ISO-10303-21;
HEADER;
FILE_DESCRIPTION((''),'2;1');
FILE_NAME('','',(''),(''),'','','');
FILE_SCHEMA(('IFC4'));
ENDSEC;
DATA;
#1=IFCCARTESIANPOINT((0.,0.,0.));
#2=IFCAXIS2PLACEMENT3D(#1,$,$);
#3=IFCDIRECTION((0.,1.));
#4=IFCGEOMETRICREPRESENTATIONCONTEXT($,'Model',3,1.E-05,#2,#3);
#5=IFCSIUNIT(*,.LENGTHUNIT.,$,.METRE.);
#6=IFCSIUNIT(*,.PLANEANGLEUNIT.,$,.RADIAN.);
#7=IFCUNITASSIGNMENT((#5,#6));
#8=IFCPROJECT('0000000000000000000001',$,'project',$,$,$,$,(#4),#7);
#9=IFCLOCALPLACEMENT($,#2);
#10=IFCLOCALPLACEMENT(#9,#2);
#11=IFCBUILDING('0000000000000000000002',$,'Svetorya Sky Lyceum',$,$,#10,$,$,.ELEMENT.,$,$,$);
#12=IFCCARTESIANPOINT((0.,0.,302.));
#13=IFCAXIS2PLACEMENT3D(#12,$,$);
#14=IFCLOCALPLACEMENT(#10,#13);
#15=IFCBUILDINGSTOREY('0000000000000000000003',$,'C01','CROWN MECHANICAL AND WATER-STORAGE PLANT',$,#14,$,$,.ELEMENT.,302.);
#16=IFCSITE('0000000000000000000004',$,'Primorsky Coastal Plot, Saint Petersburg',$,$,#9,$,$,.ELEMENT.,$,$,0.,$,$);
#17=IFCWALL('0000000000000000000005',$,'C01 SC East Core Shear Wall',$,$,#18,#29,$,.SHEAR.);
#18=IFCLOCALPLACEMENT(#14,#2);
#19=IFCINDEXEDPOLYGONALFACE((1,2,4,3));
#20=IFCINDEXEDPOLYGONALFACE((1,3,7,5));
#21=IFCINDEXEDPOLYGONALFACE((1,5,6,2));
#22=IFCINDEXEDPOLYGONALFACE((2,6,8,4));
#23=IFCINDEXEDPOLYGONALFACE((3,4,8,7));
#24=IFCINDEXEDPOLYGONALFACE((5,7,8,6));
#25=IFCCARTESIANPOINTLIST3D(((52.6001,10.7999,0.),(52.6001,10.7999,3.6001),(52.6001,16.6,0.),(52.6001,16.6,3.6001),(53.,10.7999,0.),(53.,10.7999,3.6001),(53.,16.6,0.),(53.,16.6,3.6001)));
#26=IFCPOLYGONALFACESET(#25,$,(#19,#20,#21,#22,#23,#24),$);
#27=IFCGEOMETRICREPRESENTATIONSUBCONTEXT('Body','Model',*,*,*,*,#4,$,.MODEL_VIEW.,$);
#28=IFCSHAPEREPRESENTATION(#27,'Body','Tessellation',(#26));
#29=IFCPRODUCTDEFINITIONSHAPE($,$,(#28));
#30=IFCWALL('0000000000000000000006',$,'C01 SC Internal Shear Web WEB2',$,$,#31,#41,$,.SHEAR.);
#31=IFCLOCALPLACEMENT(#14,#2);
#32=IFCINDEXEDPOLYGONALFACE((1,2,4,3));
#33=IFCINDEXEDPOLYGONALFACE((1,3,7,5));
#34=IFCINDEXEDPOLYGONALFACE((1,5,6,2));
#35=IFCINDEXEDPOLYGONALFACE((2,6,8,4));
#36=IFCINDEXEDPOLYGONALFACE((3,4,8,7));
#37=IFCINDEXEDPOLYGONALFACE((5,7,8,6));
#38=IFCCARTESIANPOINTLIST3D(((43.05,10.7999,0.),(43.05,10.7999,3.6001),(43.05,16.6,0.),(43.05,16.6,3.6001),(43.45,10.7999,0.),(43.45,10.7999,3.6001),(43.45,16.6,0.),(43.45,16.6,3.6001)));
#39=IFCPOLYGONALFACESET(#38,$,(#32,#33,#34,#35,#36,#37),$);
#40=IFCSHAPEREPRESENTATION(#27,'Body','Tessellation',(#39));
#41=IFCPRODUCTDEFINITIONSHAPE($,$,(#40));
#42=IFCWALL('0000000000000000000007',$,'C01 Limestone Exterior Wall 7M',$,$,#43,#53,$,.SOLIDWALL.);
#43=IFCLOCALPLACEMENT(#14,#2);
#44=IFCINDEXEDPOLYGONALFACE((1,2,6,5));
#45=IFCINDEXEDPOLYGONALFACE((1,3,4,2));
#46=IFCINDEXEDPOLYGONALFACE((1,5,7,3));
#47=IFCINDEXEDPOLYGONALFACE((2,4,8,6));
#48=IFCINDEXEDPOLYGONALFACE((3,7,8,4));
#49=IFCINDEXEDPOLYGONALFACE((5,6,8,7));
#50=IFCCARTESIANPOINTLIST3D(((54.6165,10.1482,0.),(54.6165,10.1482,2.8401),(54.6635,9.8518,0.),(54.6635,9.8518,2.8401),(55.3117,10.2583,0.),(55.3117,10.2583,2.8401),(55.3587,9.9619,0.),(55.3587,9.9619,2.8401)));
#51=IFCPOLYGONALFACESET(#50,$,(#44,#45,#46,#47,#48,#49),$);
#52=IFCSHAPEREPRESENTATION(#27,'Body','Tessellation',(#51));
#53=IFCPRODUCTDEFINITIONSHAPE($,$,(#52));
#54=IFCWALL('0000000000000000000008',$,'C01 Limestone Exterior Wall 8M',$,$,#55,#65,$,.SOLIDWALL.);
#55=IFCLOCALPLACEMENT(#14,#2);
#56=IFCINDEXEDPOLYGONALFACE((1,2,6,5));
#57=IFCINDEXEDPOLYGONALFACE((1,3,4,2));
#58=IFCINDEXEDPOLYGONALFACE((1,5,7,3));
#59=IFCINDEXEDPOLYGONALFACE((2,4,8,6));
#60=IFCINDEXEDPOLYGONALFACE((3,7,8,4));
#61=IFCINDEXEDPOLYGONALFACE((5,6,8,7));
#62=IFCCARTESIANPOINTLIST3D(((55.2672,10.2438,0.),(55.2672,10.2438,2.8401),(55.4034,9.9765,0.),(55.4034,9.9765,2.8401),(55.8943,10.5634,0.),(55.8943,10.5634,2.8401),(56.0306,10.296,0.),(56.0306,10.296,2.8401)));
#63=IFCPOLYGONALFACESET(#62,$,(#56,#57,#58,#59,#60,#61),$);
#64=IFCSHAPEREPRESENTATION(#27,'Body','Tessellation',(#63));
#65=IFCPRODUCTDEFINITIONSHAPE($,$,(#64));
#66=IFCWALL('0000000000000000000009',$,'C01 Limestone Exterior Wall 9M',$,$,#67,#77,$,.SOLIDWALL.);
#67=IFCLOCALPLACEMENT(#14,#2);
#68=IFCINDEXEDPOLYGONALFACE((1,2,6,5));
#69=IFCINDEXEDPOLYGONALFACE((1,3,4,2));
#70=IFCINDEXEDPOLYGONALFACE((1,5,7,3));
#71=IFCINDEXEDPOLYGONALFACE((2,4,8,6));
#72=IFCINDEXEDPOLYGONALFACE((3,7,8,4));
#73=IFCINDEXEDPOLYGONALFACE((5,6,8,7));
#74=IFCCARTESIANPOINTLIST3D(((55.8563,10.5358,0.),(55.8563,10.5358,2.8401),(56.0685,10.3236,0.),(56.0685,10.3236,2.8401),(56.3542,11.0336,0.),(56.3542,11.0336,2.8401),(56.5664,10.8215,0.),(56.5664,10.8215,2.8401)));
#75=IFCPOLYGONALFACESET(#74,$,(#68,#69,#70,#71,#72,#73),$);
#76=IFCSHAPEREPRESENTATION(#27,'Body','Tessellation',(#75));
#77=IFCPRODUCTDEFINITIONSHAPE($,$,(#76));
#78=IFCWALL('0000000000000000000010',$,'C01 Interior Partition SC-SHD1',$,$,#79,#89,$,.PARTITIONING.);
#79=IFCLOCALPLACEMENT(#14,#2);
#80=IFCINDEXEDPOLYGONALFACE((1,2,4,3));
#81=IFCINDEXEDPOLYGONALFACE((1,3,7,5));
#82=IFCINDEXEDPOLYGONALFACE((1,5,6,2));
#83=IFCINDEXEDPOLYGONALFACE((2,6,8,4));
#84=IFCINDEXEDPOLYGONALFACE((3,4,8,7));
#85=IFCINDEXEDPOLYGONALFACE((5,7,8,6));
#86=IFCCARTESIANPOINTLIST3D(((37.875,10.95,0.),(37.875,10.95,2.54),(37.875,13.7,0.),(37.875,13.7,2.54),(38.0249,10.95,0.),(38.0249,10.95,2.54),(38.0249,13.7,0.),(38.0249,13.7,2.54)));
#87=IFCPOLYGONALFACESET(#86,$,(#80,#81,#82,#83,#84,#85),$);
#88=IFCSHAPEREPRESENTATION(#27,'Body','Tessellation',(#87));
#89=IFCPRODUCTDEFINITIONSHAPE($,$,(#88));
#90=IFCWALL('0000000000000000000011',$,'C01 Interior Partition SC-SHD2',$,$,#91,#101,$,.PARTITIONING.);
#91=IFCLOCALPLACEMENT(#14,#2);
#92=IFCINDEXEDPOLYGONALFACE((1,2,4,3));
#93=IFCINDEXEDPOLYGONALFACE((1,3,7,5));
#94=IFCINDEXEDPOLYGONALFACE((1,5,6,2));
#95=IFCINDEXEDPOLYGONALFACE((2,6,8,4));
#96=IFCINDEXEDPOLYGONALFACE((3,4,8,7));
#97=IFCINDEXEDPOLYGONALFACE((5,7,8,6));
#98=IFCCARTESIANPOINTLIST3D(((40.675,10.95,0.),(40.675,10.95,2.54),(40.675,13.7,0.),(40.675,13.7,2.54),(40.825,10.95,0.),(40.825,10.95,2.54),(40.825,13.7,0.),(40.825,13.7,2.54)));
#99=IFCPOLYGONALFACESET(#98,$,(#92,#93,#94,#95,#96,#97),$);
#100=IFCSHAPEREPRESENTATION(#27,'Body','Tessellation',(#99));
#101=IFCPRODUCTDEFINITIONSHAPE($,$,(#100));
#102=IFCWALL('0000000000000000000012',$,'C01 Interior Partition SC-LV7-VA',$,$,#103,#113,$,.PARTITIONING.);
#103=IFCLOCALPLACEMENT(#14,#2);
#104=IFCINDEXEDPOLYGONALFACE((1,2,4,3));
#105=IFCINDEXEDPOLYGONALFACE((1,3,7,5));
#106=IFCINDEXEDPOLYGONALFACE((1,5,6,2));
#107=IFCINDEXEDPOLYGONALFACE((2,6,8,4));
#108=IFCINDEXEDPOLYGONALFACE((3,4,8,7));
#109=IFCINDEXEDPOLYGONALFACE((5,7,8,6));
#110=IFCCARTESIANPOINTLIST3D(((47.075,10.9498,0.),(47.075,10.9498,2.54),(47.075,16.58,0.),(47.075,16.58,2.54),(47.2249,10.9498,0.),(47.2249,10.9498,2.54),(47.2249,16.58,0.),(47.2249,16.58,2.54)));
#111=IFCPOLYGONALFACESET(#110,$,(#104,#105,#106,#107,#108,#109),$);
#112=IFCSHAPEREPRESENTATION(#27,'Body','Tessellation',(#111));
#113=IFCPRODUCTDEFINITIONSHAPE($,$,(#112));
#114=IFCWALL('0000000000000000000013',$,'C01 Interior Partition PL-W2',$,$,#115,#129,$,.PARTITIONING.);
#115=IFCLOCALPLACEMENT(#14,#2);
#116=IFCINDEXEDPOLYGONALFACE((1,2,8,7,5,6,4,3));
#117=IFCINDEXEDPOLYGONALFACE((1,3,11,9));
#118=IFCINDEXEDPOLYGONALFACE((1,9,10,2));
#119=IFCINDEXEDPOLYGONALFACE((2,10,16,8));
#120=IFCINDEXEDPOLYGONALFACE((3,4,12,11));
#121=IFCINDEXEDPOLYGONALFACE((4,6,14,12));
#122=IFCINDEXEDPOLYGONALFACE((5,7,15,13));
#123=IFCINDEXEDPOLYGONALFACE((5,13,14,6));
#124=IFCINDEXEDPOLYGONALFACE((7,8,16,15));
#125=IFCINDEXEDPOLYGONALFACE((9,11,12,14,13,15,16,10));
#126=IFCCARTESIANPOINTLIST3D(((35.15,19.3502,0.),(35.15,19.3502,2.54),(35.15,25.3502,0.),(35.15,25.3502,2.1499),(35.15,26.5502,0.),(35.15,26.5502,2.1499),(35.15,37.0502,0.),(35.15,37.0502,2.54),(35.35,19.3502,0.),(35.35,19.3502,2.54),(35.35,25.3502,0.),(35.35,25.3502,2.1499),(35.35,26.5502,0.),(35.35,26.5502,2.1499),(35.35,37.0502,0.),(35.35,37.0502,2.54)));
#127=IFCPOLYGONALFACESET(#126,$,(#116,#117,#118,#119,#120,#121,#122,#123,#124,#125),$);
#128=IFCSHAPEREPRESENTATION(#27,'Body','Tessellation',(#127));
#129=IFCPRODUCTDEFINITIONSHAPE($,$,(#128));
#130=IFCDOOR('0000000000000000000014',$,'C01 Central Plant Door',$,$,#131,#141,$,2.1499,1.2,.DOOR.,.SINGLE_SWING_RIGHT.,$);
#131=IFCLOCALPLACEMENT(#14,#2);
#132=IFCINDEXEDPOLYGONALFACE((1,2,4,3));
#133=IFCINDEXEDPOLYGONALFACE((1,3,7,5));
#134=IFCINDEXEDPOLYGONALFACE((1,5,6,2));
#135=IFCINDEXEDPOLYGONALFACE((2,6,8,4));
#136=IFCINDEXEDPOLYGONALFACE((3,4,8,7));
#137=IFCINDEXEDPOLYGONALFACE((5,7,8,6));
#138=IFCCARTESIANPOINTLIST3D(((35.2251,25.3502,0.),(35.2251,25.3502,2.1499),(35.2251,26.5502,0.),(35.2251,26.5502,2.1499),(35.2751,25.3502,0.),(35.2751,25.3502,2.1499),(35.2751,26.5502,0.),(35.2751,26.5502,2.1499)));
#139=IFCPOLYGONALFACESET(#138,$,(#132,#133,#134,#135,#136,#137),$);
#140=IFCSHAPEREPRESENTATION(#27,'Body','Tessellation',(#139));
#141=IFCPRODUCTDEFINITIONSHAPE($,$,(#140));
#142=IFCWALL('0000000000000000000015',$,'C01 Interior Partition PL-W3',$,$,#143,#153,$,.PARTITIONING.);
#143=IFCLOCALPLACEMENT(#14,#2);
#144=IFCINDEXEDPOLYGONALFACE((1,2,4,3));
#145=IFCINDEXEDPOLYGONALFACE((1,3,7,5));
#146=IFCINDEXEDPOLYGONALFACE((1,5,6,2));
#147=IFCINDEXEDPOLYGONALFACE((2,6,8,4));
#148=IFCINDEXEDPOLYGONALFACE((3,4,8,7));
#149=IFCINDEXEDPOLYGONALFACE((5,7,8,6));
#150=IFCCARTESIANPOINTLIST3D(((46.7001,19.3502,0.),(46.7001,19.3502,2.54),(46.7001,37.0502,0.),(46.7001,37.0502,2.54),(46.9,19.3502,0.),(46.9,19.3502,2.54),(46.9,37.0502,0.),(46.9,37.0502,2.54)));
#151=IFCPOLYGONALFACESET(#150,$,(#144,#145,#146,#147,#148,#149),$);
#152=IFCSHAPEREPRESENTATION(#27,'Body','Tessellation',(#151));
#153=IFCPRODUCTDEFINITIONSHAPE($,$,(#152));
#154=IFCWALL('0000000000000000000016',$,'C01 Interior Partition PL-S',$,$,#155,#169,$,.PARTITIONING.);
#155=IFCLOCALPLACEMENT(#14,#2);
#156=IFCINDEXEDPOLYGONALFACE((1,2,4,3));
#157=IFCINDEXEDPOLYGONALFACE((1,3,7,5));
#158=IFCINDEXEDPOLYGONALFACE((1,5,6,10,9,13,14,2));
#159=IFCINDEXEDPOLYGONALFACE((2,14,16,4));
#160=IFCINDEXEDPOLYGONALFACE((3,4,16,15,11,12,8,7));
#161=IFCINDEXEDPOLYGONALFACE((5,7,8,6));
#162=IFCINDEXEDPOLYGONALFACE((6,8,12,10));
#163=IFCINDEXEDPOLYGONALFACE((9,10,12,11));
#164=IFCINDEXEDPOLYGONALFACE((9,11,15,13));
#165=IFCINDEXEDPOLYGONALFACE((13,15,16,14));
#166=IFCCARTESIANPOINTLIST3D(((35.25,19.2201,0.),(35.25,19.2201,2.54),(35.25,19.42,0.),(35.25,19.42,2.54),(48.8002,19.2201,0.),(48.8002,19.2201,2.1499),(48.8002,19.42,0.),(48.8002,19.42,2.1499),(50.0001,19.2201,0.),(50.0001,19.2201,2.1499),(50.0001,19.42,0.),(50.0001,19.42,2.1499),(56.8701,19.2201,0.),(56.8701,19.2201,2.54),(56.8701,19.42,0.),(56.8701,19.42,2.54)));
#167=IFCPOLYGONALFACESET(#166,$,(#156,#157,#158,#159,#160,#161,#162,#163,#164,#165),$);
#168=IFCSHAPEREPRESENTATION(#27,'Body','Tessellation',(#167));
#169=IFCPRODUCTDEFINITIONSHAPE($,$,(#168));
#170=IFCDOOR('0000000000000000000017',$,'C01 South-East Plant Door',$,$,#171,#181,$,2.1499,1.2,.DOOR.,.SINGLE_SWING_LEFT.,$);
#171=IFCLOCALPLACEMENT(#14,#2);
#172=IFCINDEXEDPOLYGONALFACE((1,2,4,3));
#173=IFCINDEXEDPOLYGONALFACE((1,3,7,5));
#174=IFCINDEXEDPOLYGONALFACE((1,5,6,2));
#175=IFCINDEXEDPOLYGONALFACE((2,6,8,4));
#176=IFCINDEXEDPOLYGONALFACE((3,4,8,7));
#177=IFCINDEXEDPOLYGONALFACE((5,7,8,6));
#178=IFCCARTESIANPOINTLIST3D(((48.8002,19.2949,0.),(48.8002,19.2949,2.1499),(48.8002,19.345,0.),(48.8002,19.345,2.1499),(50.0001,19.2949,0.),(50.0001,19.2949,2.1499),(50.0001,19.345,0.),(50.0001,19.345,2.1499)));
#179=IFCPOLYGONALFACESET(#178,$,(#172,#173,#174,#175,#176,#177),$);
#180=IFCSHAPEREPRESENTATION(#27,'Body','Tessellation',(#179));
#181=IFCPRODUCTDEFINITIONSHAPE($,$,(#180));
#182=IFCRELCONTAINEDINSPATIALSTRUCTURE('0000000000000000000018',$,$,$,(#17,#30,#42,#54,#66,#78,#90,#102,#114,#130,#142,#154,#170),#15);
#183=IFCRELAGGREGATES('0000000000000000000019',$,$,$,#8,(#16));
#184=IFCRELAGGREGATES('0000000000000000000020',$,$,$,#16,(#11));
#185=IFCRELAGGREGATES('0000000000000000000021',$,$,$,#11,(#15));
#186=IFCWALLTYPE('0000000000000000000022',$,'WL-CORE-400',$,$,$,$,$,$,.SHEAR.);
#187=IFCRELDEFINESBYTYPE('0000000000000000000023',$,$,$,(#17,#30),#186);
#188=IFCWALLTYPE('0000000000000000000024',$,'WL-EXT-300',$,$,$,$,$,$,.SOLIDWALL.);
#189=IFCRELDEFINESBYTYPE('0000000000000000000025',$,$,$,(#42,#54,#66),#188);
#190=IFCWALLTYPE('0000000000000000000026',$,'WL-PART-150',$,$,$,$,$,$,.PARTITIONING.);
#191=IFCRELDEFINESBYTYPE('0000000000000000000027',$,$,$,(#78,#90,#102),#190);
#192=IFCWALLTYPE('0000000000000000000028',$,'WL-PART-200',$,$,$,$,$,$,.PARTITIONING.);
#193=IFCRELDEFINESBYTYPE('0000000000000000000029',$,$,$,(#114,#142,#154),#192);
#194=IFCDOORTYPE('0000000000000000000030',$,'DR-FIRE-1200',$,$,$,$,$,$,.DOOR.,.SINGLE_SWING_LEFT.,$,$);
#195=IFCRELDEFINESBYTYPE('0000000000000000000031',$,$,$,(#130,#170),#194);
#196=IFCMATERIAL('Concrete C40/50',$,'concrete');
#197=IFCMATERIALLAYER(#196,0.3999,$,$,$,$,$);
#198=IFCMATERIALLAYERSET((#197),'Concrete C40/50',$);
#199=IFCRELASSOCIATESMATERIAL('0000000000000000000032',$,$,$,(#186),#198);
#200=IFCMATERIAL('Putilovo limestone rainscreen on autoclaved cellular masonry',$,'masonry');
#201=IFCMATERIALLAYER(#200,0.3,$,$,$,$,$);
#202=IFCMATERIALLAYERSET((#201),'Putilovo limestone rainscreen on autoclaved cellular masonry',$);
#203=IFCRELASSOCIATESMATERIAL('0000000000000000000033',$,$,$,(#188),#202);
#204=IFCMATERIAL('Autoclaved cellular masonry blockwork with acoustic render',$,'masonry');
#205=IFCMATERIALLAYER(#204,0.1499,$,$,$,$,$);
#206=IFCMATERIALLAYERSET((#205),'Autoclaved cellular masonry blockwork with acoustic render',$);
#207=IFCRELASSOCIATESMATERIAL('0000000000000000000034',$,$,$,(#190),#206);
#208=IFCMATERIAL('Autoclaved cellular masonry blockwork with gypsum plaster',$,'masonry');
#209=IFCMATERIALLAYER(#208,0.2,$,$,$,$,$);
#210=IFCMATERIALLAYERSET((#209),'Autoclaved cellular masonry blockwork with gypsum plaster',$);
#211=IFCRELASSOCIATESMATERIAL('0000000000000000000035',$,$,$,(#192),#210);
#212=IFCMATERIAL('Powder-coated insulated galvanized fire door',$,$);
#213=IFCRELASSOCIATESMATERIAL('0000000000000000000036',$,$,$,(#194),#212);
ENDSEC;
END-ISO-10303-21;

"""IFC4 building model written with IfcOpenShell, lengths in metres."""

from ifc_helpers import new_model, si_unit, direction, frame, frame_2d, origin, place, context, subcontext, project, spatial, rectangle, extrude, material, layer, layer_set, type_object, element, fill, save


model = new_model("IFC4")

# Units and contexts
model_context = context("Model", 3, precision=1e-05, world=origin(), true_north=direction((0.0, 1.0)))
body_context = subcontext(model_context, "Body", "Model", "MODEL_VIEW")
ifc_project = project(units=[si_unit("LENGTHUNIT", "METRE"), si_unit("PLANEANGLEUNIT", "RADIAN")], contexts=[model_context])

# Site, building, storey
site_placement = place(None, origin())
site = spatial("IfcSite", under=ifc_project, at=site_placement, Name="Primorsky Coastal Plot, Saint Petersburg", CompositionType="ELEMENT", RefElevation=0.0)
building_placement = place(site_placement, origin())
building = spatial("IfcBuilding", under=site, at=building_placement, Name="Svetorya Sky Lyceum", CompositionType="ELEMENT")
storey_placement = place(building_placement, frame((0.0, 0.0, 302.0)))
storey = spatial("IfcBuildingStorey", under=building, at=storey_placement, Name="C01", Description="CROWN MECHANICAL AND WATER-STORAGE PLANT", CompositionType="ELEMENT", Elevation=302.0)

# Shared definitions
ifc_material_1 = material(Name="Concrete C40/50", Category="concrete")

# Walls
ifc_layer_1 = layer(ifc_material_1, 0.3999)
ifc_layer_set_1 = layer_set([ifc_layer_1], Name="Concrete C40/50")
wall_type_1 = type_object("IfcWallType", Name="WL-CORE-400", PredefinedType="SHEAR", material=ifc_layer_set_1)
for number, where, z_axis, x_axis, name in (
    (1, (52.8, 10.8, 0.0), (0.0, 0.0, 1.0), (0.0, 1.0, 0.0), "C01 SC East Core Shear Wall"),
    (2, (43.25, 10.8, 0.0), (0.0, 0.0, 1.0), (0.0, 1.0, 0.0), "C01 SC Internal Shear Web WEB2"),
):
    element("IfcWall", number, at=place(storey_placement, frame(where, z_axis=z_axis, x_axis=x_axis)), inside=storey, type_object=wall_type_1, Name=name, PredefinedType="SHEAR", context=body_context, shape_type="SweptSolid", body=[
        extrude(rectangle(XDim=5.8, YDim=0.3999, at=frame_2d((2.8999, 0.0))), origin(), (0.0, 0.0, 1.0), 3.6001),
    ])
ifc_material_2 = material(Name="Putilovo limestone rainscreen on autoclaved cellular masonry", Category="masonry")
ifc_layer_2 = layer(ifc_material_2, 0.3)
ifc_layer_set_2 = layer_set([ifc_layer_2], Name="Putilovo limestone rainscreen on autoclaved cellular masonry")
wall_type_2 = type_object("IfcWallType", Name="WL-EXT-300", PredefinedType="SOLIDWALL", material=ifc_layer_set_2)
for number, where, z_axis, x_axis, name in (
    (3, (54.6399, 10.0, 0.0), (0.0, 0.0, 1.0), (0.987693, 0.156408, 0.0), "C01 Limestone Exterior Wall 7M"),
    (4, (55.3352, 10.1101, 0.0), (0.0, 0.0, 1.0), (0.891002, 0.453999, 0.0), "C01 Limestone Exterior Wall 8M"),
):
    element("IfcWall", number, at=place(storey_placement, frame(where, z_axis=z_axis, x_axis=x_axis)), inside=storey, type_object=wall_type_2, Name=name, PredefinedType="SOLIDWALL", context=body_context, shape_type="SweptSolid", body=[
        extrude(rectangle(XDim=0.7039, YDim=0.3, at=frame_2d((0.3521, 0.0))), origin(), (0.0, 0.0, 1.0), 2.8401),
    ])
wall_1_placement = place(storey_placement, frame((55.9624, 10.4297, 0.0), z_axis=(0.0, 0.0, 1.0), x_axis=(0.707107, 0.707107, 0.0)))
element("IfcWall", 5, at=wall_1_placement, inside=storey, type_object=wall_type_2, Name="C01 Limestone Exterior Wall 9M", PredefinedType="SOLIDWALL", context=body_context, shape_type="SweptSolid", body=[
    extrude(rectangle(XDim=0.7041, YDim=0.3, at=frame_2d((0.3521, 0.0))), origin(), (0.0, 0.0, 1.0), 2.8401),
])
ifc_material_3 = material(Name="Autoclaved cellular masonry blockwork with acoustic render", Category="masonry")
ifc_layer_3 = layer(ifc_material_3, 0.1499)
ifc_layer_set_3 = layer_set([ifc_layer_3], Name="Autoclaved cellular masonry blockwork with acoustic render")
wall_type_3 = type_object("IfcWallType", Name="WL-PART-150", PredefinedType="PARTITIONING", material=ifc_layer_set_3)
for number, where, z_axis, x_axis, name in (
    (6, (37.95, 10.95, 0.0), (0.0, 0.0, 1.0), (0.0, 1.0, 0.0), "C01 Interior Partition SC-SHD1"),
    (7, (40.75, 10.95, 0.0), (0.0, 0.0, 1.0), (0.0, 1.0, 0.0), "C01 Interior Partition SC-SHD2"),
):
    element("IfcWall", number, at=place(storey_placement, frame(where, z_axis=z_axis, x_axis=x_axis)), inside=storey, type_object=wall_type_3, Name=name, PredefinedType="PARTITIONING", context=body_context, shape_type="SweptSolid", body=[
        extrude(rectangle(XDim=2.75, YDim=0.1499, at=frame_2d((1.375, 0.0))), origin(), (0.0, 0.0, 1.0), 2.54),
    ])
wall_2_placement = place(storey_placement, frame((47.1499, 10.95, 0.0), z_axis=(0.0, 0.0, 1.0), x_axis=(0.0, 1.0, 0.0)))
element("IfcWall", 8, at=wall_2_placement, inside=storey, type_object=wall_type_3, Name="C01 Interior Partition SC-LV7-VA", PredefinedType="PARTITIONING", context=body_context, shape_type="SweptSolid", body=[
    extrude(rectangle(XDim=5.6301, YDim=0.1499, at=frame_2d((2.8149, 0.0))), origin(), (0.0, 0.0, 1.0), 2.54),
])

# Shared definitions
ifc_material_4 = material(Name="Autoclaved cellular masonry blockwork with gypsum plaster", Category="masonry")
ifc_layer_4 = layer(ifc_material_4, 0.2)
ifc_layer_set_4 = layer_set([ifc_layer_4], Name="Autoclaved cellular masonry blockwork with gypsum plaster")
wall_type_4 = type_object("IfcWallType", Name="WL-PART-200", PredefinedType="PARTITIONING", material=ifc_layer_set_4)

# Wall, opening, door
wall_3_placement = place(storey_placement, frame((35.25, 19.3501, 0.0), z_axis=(0.0, 0.0, 1.0), x_axis=(0.0, 1.0, 0.0)))
wall_3 = element("IfcWall", 9, at=wall_3_placement, inside=storey, type_object=wall_type_4, Name="C01 Interior Partition PL-W2", PredefinedType="PARTITIONING", context=body_context, shape_type="SweptSolid", body=[
    extrude(rectangle(XDim=17.7, YDim=0.2, at=frame_2d((8.8501, 0.0))), origin(), (0.0, 0.0, 1.0), 2.54),
])
opening_1_placement = place(wall_3_placement, frame((6.0, 0.0, 0.0)))
opening_1 = element("IfcOpeningElement", 10, at=opening_1_placement, cuts=wall_3, PredefinedType="OPENING", context=body_context, shape_type="SweptSolid", body=[
    extrude(rectangle(XDim=1.2, YDim=2.1499, at=frame_2d((0.6001, 1.075))), frame((0.0, 0.1099, 0.0), z_axis=(0.0, -1.0, 0.0), x_axis=(1.0, 0.0, 0.0)), (0.0, 0.0, 1.0), 0.22),
])
ifc_material_5 = material(Name="Powder-coated insulated galvanized fire door")
door_type_1 = type_object("IfcDoorType", Name="DR-FIRE-1200", OperationType="SINGLE_SWING_LEFT", PredefinedType="DOOR", material=ifc_material_5)
door_1_placement = place(opening_1_placement, origin())
door_1 = element("IfcDoor", 11, at=door_1_placement, inside=storey, type_object=door_type_1, Name="C01 Central Plant Door", OperationType="SINGLE_SWING_RIGHT", OverallHeight=2.1499, OverallWidth=1.2, PredefinedType="DOOR", context=body_context, shape_type="SweptSolid", body=[
    extrude(rectangle(XDim=1.2, YDim=2.1499, at=frame_2d((0.6001, 1.075))), frame((0.0, 0.0249, 0.0), z_axis=(0.0, -1.0, 0.0), x_axis=(1.0, 0.0, 0.0)), (0.0, 0.0, 1.0), 0.05),
])
fill(opening_1, door_1)

# Wall
wall_4_placement = place(storey_placement, frame((46.8, 19.3501, 0.0), z_axis=(0.0, 0.0, 1.0), x_axis=(0.0, 1.0, 0.0)))
element("IfcWall", 12, at=wall_4_placement, inside=storey, type_object=wall_type_4, Name="C01 Interior Partition PL-W3", PredefinedType="PARTITIONING", context=body_context, shape_type="SweptSolid", body=[
    extrude(rectangle(XDim=17.7, YDim=0.2, at=frame_2d((8.8501, 0.0))), origin(), (0.0, 0.0, 1.0), 2.54),
])

# Wall, opening, door
wall_5_placement = place(storey_placement, frame((35.25, 19.3201, 0.0), z_axis=(0.0, 0.0, 1.0), x_axis=(1.0, 0.0, 0.0)))
wall_5 = element("IfcWall", 13, at=wall_5_placement, inside=storey, type_object=wall_type_4, Name="C01 Interior Partition PL-S", PredefinedType="PARTITIONING", context=body_context, shape_type="SweptSolid", body=[
    extrude(rectangle(XDim=21.6201, YDim=0.2, at=frame_2d((10.8101, 0.0))), origin(), (0.0, 0.0, 1.0), 2.54),
])
opening_2_placement = place(wall_5_placement, frame((13.55, 0.0, 0.0)))
opening_2 = element("IfcOpeningElement", 14, at=opening_2_placement, cuts=wall_5, PredefinedType="OPENING", context=body_context, shape_type="SweptSolid", body=[
    extrude(rectangle(XDim=1.2, YDim=2.1499, at=frame_2d((0.6001, 1.075))), frame((0.0, 0.1099, 0.0), z_axis=(0.0, -1.0, 0.0), x_axis=(1.0, 0.0, 0.0)), (0.0, 0.0, 1.0), 0.22),
])
door_2_placement = place(opening_2_placement, origin())
door_2 = element("IfcDoor", 15, at=door_2_placement, inside=storey, type_object=door_type_1, Name="C01 South-East Plant Door", OperationType="SINGLE_SWING_LEFT", OverallHeight=2.1499, OverallWidth=1.2, PredefinedType="DOOR", context=body_context, shape_type="SweptSolid", body=[
    extrude(rectangle(XDim=1.2, YDim=2.1499, at=frame_2d((0.6001, 1.075))), frame((0.0, 0.0249, 0.0), z_axis=(0.0, -1.0, 0.0), x_axis=(1.0, 0.0, 0.0)), (0.0, 0.0, 1.0), 0.05),
])
fill(opening_2, door_2)

save(model, "model.ifc")
